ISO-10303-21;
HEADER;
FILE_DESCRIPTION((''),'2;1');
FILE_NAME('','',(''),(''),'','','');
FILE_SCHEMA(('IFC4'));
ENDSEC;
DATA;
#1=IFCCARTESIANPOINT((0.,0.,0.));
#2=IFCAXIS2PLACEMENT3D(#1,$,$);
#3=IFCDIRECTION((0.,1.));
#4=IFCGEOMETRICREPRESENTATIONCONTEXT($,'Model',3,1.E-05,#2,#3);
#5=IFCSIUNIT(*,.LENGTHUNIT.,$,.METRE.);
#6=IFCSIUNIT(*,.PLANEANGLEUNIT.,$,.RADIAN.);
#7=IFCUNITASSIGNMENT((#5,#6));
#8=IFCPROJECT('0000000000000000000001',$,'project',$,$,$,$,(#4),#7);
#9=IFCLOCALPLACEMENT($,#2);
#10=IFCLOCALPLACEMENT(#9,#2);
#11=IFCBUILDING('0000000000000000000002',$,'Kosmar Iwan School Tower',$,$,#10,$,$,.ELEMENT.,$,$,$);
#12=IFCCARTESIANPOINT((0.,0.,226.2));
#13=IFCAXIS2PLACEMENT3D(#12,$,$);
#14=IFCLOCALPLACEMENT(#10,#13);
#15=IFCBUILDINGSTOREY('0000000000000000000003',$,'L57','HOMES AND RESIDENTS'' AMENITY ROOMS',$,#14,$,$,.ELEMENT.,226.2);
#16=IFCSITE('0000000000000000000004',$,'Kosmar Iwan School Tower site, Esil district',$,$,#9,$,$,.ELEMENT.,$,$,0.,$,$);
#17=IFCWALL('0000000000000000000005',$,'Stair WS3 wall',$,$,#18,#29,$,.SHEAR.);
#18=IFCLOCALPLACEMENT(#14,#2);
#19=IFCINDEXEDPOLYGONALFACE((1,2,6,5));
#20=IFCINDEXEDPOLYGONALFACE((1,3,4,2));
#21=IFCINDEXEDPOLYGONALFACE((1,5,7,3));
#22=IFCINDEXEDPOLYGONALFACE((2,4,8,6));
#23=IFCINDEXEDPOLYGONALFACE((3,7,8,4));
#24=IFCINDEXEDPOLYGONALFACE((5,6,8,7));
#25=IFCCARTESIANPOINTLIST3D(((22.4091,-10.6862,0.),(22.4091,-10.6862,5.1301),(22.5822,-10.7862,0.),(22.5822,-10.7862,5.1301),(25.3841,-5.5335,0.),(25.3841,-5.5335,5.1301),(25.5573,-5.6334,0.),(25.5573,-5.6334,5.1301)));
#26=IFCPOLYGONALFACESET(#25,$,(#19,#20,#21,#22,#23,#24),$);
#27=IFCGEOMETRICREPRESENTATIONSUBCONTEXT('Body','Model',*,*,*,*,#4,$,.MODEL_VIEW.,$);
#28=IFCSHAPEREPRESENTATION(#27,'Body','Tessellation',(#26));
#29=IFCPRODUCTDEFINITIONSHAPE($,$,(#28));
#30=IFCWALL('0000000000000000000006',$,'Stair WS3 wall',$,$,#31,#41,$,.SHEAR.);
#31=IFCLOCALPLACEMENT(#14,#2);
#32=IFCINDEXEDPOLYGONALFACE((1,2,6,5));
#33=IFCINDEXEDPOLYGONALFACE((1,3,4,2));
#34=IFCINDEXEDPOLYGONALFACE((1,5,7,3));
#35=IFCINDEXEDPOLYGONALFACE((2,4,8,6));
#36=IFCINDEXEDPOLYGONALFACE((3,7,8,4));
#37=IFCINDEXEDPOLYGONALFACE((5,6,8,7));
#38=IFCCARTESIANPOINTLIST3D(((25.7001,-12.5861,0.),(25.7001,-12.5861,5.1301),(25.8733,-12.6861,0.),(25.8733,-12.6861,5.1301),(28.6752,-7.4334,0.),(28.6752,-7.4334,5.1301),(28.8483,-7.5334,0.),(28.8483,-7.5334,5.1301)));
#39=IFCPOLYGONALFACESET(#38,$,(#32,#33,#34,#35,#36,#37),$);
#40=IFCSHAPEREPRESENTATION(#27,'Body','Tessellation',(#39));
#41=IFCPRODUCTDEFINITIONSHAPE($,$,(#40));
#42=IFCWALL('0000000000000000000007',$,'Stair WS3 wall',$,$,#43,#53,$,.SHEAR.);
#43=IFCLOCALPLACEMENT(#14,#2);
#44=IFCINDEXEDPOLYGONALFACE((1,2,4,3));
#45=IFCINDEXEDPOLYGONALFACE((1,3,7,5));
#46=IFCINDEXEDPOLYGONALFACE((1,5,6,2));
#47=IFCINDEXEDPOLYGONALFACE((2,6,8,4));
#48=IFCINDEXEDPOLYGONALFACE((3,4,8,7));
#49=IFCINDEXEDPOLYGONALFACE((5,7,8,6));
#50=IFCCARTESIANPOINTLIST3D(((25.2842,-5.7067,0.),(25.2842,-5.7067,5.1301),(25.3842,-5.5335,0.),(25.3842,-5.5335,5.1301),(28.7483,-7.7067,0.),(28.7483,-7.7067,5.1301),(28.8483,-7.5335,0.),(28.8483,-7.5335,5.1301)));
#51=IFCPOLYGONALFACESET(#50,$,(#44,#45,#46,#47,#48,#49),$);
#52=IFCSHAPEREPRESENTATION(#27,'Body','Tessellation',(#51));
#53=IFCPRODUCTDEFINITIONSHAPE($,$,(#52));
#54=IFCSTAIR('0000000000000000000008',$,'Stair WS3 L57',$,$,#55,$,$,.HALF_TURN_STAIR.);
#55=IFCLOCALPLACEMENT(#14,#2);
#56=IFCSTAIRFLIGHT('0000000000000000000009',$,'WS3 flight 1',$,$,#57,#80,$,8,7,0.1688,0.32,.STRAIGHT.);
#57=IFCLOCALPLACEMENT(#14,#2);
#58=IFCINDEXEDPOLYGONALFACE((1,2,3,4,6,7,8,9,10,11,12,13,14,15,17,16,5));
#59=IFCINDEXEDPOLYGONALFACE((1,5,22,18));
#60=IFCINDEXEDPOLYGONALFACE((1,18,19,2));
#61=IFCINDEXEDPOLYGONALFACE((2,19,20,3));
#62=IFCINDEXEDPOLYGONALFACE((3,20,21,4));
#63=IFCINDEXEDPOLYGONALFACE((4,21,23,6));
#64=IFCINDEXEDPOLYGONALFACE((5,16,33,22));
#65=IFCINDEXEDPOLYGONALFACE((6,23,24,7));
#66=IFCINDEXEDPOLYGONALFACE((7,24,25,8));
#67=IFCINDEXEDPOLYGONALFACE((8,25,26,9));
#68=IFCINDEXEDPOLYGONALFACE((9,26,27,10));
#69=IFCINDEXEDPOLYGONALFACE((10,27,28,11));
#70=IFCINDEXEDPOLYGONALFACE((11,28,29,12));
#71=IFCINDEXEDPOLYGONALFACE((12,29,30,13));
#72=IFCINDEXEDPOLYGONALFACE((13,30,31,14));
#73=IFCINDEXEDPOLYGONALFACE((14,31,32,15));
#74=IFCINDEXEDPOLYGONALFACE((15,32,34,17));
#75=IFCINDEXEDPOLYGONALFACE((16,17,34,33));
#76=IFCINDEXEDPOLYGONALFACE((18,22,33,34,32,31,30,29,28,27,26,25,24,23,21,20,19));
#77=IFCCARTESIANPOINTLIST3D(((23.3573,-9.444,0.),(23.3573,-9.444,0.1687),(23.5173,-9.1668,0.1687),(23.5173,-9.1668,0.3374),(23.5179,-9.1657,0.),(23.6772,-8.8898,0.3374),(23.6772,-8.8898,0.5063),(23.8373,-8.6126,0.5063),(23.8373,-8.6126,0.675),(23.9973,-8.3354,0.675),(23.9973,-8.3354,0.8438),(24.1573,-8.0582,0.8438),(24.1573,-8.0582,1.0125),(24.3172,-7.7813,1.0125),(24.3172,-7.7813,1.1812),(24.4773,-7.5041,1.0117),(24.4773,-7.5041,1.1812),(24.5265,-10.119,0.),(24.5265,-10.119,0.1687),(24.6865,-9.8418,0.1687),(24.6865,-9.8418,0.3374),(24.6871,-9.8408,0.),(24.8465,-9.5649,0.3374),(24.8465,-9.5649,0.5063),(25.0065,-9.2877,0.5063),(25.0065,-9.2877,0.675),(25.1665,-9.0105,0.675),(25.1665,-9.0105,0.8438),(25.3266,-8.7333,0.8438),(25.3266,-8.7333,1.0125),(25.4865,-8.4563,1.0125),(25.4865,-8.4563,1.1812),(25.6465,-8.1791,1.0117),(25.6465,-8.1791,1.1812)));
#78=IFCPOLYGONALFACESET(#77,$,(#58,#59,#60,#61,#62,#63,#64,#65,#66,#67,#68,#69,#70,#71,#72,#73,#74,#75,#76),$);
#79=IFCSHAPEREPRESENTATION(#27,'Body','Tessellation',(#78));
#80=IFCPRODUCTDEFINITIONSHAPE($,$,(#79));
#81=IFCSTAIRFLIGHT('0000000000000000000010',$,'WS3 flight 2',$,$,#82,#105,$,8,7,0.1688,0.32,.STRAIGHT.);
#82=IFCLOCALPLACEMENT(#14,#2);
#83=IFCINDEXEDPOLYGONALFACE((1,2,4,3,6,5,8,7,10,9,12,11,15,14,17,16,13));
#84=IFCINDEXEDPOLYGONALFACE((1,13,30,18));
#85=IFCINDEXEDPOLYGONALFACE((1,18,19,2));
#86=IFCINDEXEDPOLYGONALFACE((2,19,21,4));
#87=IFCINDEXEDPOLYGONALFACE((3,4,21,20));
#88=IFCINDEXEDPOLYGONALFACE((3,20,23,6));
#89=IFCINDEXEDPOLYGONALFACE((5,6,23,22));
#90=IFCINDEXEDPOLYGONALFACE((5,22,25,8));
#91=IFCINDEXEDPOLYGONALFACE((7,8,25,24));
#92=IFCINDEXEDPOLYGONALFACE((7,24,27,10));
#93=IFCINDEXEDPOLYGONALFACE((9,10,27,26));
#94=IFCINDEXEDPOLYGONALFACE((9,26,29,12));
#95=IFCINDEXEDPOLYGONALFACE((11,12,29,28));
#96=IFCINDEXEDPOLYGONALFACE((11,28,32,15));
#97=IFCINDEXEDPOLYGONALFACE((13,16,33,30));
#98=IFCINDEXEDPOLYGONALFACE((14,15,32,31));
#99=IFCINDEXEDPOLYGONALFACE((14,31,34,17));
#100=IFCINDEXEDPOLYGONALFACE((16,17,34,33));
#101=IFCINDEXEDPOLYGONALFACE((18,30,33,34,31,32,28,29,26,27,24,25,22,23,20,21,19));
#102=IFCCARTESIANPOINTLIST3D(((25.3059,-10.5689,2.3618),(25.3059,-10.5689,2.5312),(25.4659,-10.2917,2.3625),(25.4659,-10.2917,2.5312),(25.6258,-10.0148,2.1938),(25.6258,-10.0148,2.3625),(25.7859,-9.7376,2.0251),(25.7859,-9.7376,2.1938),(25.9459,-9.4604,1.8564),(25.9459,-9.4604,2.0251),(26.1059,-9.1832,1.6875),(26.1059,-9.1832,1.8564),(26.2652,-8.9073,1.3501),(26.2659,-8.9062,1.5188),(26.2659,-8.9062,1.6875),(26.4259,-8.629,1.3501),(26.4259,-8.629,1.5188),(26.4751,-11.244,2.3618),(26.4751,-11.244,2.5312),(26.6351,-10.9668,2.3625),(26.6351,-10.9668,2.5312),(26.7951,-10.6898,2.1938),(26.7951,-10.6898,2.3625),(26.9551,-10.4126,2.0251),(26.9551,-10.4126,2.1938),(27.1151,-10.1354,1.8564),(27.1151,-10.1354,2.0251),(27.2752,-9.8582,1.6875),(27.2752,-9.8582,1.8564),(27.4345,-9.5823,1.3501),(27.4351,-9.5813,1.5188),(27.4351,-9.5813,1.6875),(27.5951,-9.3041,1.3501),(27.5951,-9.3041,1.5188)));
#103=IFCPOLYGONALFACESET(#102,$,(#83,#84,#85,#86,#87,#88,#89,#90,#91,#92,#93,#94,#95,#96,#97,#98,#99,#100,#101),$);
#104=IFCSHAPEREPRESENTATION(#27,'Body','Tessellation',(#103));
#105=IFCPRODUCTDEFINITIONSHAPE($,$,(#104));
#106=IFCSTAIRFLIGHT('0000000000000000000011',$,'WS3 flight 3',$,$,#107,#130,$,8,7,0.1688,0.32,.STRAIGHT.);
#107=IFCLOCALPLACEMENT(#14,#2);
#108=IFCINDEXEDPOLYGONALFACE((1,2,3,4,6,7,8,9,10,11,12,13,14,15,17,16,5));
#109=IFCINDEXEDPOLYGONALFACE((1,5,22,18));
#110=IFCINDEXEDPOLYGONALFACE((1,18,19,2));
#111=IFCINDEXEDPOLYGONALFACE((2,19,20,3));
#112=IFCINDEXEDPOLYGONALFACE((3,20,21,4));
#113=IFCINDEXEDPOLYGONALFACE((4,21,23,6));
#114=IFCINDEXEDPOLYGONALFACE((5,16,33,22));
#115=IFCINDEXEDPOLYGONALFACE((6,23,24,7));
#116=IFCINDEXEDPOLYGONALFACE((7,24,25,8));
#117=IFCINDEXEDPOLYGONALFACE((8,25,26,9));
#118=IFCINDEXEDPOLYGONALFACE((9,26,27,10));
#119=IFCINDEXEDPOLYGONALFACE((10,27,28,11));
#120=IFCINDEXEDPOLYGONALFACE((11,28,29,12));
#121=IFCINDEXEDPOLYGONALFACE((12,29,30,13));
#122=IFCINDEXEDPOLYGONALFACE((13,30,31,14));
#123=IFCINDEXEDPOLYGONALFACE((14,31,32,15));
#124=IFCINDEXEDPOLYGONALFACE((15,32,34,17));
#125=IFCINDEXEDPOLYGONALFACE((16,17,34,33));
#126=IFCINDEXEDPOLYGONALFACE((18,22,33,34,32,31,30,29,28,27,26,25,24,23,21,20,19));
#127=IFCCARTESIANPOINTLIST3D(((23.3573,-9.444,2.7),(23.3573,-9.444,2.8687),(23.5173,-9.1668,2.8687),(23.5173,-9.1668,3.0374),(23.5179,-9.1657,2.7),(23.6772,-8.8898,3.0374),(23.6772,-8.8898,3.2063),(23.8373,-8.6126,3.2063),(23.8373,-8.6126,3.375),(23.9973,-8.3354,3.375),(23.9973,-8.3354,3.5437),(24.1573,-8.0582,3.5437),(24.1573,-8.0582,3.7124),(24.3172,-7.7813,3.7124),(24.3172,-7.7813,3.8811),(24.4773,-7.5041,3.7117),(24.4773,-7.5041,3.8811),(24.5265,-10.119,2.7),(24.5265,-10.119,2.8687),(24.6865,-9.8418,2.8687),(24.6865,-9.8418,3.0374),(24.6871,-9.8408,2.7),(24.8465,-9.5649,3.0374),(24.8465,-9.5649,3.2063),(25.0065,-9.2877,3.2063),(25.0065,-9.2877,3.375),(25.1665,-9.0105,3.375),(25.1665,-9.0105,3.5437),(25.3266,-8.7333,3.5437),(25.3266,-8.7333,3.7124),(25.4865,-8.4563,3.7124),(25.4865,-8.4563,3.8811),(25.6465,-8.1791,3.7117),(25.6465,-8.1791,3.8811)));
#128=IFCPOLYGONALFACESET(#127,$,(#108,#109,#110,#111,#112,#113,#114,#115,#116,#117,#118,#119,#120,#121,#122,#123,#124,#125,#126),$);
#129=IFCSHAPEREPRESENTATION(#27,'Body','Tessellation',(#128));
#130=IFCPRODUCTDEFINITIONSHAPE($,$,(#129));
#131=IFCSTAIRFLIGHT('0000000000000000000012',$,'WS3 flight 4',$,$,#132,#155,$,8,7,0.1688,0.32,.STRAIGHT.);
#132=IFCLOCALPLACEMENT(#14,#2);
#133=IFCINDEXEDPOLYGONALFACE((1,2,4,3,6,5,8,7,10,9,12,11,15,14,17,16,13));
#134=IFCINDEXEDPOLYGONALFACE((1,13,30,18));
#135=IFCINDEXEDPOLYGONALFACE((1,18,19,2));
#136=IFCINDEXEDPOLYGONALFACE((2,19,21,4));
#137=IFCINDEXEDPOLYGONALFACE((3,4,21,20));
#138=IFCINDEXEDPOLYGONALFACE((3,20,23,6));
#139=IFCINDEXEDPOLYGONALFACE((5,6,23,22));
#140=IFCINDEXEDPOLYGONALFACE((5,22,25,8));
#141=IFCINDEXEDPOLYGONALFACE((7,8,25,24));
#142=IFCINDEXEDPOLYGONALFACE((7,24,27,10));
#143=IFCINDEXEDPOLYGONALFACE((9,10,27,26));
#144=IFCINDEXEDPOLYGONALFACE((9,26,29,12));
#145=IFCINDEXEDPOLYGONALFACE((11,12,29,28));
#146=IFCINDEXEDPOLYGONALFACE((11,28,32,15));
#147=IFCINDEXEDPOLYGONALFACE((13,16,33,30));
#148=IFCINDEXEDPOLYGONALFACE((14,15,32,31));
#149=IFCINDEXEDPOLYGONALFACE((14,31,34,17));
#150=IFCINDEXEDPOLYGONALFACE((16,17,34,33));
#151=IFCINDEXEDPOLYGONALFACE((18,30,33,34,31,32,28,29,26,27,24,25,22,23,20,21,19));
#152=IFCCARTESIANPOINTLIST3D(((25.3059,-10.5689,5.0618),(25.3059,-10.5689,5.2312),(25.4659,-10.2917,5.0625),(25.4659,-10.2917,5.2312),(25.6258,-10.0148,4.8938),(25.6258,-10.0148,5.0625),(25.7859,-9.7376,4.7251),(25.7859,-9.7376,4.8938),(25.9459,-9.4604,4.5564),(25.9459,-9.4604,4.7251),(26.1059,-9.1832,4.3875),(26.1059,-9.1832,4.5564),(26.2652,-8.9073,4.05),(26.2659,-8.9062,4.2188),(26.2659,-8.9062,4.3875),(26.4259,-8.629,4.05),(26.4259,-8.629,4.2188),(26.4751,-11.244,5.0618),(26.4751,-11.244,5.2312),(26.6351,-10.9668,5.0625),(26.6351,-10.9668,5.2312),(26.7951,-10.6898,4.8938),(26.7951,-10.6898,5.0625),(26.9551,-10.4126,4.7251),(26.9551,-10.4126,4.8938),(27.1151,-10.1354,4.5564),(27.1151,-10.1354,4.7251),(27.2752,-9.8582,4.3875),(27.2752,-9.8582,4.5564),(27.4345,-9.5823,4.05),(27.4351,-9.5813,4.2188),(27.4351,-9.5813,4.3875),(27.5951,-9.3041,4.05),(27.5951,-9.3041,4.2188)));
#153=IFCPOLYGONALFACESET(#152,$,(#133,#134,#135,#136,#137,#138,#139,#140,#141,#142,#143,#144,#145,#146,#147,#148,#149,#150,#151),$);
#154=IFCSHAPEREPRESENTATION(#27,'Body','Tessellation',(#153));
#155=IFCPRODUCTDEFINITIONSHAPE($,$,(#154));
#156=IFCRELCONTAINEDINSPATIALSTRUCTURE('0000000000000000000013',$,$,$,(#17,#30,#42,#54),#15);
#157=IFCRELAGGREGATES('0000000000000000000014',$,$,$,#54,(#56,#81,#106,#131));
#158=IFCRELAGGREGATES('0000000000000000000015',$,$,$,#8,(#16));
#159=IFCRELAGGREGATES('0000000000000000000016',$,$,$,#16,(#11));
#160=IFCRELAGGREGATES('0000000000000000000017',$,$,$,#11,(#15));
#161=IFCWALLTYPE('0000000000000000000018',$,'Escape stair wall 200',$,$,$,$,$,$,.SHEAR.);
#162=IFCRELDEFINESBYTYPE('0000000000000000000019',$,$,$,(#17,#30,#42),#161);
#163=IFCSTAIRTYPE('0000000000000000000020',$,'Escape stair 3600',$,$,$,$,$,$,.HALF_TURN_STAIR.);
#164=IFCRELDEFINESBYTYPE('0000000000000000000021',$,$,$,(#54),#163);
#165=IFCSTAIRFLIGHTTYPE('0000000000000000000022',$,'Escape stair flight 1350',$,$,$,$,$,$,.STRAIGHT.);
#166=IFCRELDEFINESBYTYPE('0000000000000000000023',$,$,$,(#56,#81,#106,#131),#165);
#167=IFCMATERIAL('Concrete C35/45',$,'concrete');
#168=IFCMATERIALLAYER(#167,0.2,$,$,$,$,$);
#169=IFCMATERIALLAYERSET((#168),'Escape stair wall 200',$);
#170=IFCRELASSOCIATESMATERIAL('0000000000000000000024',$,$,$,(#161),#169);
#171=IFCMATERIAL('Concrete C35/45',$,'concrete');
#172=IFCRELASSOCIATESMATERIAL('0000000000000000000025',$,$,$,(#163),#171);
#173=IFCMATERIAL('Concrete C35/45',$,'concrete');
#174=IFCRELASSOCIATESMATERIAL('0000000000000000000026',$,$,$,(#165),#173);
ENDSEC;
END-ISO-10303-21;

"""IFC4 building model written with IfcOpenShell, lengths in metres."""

from ifc_helpers import new_model, si_unit, direction, frame, frame_2d, origin, place, context, subcontext, project, spatial, polyline, rectangle, outline, extrude, material, layer, layer_set, type_object, element, aggregate, save


model = new_model("IFC4")

# Units and contexts
model_context = context("Model", 3, precision=1e-05, world=origin(), true_north=direction((0.0, 1.0)))
body_context = subcontext(model_context, "Body", "Model", "MODEL_VIEW")
ifc_project = project(units=[si_unit("LENGTHUNIT", "METRE"), si_unit("PLANEANGLEUNIT", "RADIAN")], contexts=[model_context])

# Site, building, storey
site_placement = place(None, origin())
site = spatial("IfcSite", under=ifc_project, at=site_placement, Name="Kosmar Iwan School Tower site, Esil district", CompositionType="ELEMENT", RefElevation=0.0)
building_placement = place(site_placement, origin())
building = spatial("IfcBuilding", under=site, at=building_placement, Name="Kosmar Iwan School Tower", CompositionType="ELEMENT")
storey_placement = place(building_placement, frame((0.0, 0.0, 226.2)))
storey = spatial("IfcBuildingStorey", under=building, at=storey_placement, Name="L57", Description="HOMES AND RESIDENTS' AMENITY ROOMS", CompositionType="ELEMENT", Elevation=226.2)

# Walls
ifc_material_1 = material(Name="Concrete C35/45", Category="concrete")
ifc_layer_1 = layer(ifc_material_1, 0.2)
ifc_layer_set_1 = layer_set([ifc_layer_1], Name="Escape stair wall 200")
wall_type_1 = type_object("IfcWallType", Name="Escape stair wall 200", PredefinedType="SHEAR", material=ifc_layer_set_1)
for number, where, z_axis, x_axis, name in (
    (1, (22.4956, -10.7363, 0.0), (0.0, 0.0, 1.0), (0.500014, 0.866017, 0.0), "Stair WS3 wall"),
    (2, (25.7866, -12.6362, 0.0), (0.0, 0.0, 1.0), (0.500014, 0.866017, 0.0), "Stair WS3 wall"),
):
    element("IfcWall", number, at=place(storey_placement, frame(where, z_axis=z_axis, x_axis=x_axis)), inside=storey, type_object=wall_type_1, Name=name, PredefinedType="SHEAR", context=body_context, shape_type="SweptSolid", body=[
        extrude(rectangle(XDim=5.95, YDim=0.2, at=frame_2d((2.9751, 0.0))), origin(), (0.0, 0.0, 1.0), 5.1301),
    ])
wall_1_placement = place(storey_placement, frame((25.3342, -5.6201, 0.0), z_axis=(0.0, 0.0, 1.0), x_axis=(0.866026, -0.499999, 0.0)))
element("IfcWall", 3, at=wall_1_placement, inside=storey, type_object=wall_type_1, Name="Stair WS3 wall", PredefinedType="SHEAR", context=body_context, shape_type="SweptSolid", body=[
    extrude(rectangle(XDim=4.0, YDim=0.2, at=frame_2d((2.0, 0.0))), origin(), (0.0, 0.0, 1.0), 5.1301),
])

# Stair, stair flights
ifc_material_2 = material(Name="Concrete C35/45", Category="concrete")
stair_type = type_object("IfcStairType", Name="Escape stair 3600", PredefinedType="HALF_TURN_STAIR", material=ifc_material_2)
stair_placement = place(storey_placement, origin())
stair = element("IfcStair", 4, at=stair_placement, inside=storey, type_object=stair_type, Name="Stair WS3 L57", PredefinedType="HALF_TURN_STAIR")
ifc_material_3 = material(Name="Concrete C35/45", Category="concrete")
stair_flight_type = type_object("IfcStairFlightType", Name="Escape stair flight 1350", PredefinedType="STRAIGHT", material=ifc_material_3)
stair_flight_1_placement = place(storey_placement, frame((23.9419, -9.7815, 0.0), z_axis=(0.0, 0.0, 1.0), x_axis=(0.5, 0.866025, 0.0)))
stair_flight_1 = element("IfcStairFlight", 5, at=stair_flight_1_placement, type_object=stair_flight_type, Name="WS3 flight 1", NumberOfRisers=8, NumberOfTreads=7, PredefinedType="STRAIGHT", RiserHeight=0.1688, TreadLength=0.32, context=body_context, shape_type="SweptSolid", body=[
    extrude(outline(polyline([(0.0, 0.0), (0.0, 0.1687), (0.3201, 0.1687), (0.3201, 0.3374), (0.6399, 0.3374), (0.6399, 0.5063), (0.96, 0.5063), (0.96, 0.675), (1.28, 0.675), (1.28, 0.8438), (1.6001, 0.8438), (1.6001, 1.0125), (1.9199, 1.0125), (1.9199, 1.1812), (2.24, 1.1812), (2.24, 1.3501), (2.24, 1.0117), (0.3213, 0.0), (0.0, 0.0)])), frame((0.0, 0.675, 0.0), z_axis=(0.0, -1.0, 0.0), x_axis=(1.0, 0.0, 0.0)), (0.0, 0.0, 1.0), 1.3501),
])
stair_flight_2_placement = place(storey_placement, frame((27.0105, -8.9666, 1.3501), z_axis=(0.0, 0.0, 1.0), x_axis=(-0.5, -0.866025, 0.0)))
stair_flight_2 = element("IfcStairFlight", 6, at=stair_flight_2_placement, type_object=stair_flight_type, Name="WS3 flight 2", NumberOfRisers=8, NumberOfTreads=7, PredefinedType="STRAIGHT", RiserHeight=0.1688, TreadLength=0.32, context=body_context, shape_type="SweptSolid", body=[
    extrude(outline(polyline([(0.0, 0.0), (0.0, 0.1687), (0.3201, 0.1687), (0.3201, 0.3374), (0.6399, 0.3374), (0.6399, 0.5063), (0.96, 0.5063), (0.96, 0.675), (1.28, 0.675), (1.28, 0.8438), (1.6001, 0.8438), (1.6001, 1.0125), (1.9199, 1.0125), (1.9199, 1.1812), (2.24, 1.1812), (2.24, 1.3501), (2.24, 1.0117), (0.3213, 0.0), (0.0, 0.0)])), frame((0.0, 0.675, 0.0), z_axis=(0.0, -1.0, 0.0), x_axis=(1.0, 0.0, 0.0)), (0.0, 0.0, 1.0), 1.3501),
])
stair_flight_3_placement = place(storey_placement, frame((23.9419, -9.7815, 2.7), z_axis=(0.0, 0.0, 1.0), x_axis=(0.5, 0.866025, 0.0)))
stair_flight_3 = element("IfcStairFlight", 7, at=stair_flight_3_placement, type_object=stair_flight_type, Name="WS3 flight 3", NumberOfRisers=8, NumberOfTreads=7, PredefinedType="STRAIGHT", RiserHeight=0.1688, TreadLength=0.32, context=body_context, shape_type="SweptSolid", body=[
    extrude(outline(polyline([(0.0, 0.0), (0.0, 0.1687), (0.3201, 0.1687), (0.3201, 0.3374), (0.6399, 0.3374), (0.6399, 0.5063), (0.96, 0.5063), (0.96, 0.675), (1.28, 0.675), (1.28, 0.8438), (1.6001, 0.8438), (1.6001, 1.0125), (1.9199, 1.0125), (1.9199, 1.1812), (2.24, 1.1812), (2.24, 1.3501), (2.24, 1.0117), (0.3213, 0.0), (0.0, 0.0)])), frame((0.0, 0.675, 0.0), z_axis=(0.0, -1.0, 0.0), x_axis=(1.0, 0.0, 0.0)), (0.0, 0.0, 1.0), 1.3501),
])
stair_flight_4_placement = place(storey_placement, frame((27.0105, -8.9666, 4.05), z_axis=(0.0, 0.0, 1.0), x_axis=(-0.5, -0.866025, 0.0)))
stair_flight_4 = element("IfcStairFlight", 8, at=stair_flight_4_placement, type_object=stair_flight_type, Name="WS3 flight 4", NumberOfRisers=8, NumberOfTreads=7, PredefinedType="STRAIGHT", RiserHeight=0.1688, TreadLength=0.32, context=body_context, shape_type="SweptSolid", body=[
    extrude(outline(polyline([(0.0, 0.0), (0.0, 0.1687), (0.3201, 0.1687), (0.3201, 0.3374), (0.6399, 0.3374), (0.6399, 0.5063), (0.96, 0.5063), (0.96, 0.675), (1.28, 0.675), (1.28, 0.8438), (1.6001, 0.8438), (1.6001, 1.0125), (1.9199, 1.0125), (1.9199, 1.1812), (2.24, 1.1812), (2.24, 1.3501), (2.24, 1.0117), (0.3213, 0.0), (0.0, 0.0)])), frame((0.0, 0.675, 0.0), z_axis=(0.0, -1.0, 0.0), x_axis=(1.0, 0.0, 0.0)), (0.0, 0.0, 1.0), 1.3501),
])
aggregate(stair, [stair_flight_1, stair_flight_2, stair_flight_3, stair_flight_4])

save(model, "model.ifc")
